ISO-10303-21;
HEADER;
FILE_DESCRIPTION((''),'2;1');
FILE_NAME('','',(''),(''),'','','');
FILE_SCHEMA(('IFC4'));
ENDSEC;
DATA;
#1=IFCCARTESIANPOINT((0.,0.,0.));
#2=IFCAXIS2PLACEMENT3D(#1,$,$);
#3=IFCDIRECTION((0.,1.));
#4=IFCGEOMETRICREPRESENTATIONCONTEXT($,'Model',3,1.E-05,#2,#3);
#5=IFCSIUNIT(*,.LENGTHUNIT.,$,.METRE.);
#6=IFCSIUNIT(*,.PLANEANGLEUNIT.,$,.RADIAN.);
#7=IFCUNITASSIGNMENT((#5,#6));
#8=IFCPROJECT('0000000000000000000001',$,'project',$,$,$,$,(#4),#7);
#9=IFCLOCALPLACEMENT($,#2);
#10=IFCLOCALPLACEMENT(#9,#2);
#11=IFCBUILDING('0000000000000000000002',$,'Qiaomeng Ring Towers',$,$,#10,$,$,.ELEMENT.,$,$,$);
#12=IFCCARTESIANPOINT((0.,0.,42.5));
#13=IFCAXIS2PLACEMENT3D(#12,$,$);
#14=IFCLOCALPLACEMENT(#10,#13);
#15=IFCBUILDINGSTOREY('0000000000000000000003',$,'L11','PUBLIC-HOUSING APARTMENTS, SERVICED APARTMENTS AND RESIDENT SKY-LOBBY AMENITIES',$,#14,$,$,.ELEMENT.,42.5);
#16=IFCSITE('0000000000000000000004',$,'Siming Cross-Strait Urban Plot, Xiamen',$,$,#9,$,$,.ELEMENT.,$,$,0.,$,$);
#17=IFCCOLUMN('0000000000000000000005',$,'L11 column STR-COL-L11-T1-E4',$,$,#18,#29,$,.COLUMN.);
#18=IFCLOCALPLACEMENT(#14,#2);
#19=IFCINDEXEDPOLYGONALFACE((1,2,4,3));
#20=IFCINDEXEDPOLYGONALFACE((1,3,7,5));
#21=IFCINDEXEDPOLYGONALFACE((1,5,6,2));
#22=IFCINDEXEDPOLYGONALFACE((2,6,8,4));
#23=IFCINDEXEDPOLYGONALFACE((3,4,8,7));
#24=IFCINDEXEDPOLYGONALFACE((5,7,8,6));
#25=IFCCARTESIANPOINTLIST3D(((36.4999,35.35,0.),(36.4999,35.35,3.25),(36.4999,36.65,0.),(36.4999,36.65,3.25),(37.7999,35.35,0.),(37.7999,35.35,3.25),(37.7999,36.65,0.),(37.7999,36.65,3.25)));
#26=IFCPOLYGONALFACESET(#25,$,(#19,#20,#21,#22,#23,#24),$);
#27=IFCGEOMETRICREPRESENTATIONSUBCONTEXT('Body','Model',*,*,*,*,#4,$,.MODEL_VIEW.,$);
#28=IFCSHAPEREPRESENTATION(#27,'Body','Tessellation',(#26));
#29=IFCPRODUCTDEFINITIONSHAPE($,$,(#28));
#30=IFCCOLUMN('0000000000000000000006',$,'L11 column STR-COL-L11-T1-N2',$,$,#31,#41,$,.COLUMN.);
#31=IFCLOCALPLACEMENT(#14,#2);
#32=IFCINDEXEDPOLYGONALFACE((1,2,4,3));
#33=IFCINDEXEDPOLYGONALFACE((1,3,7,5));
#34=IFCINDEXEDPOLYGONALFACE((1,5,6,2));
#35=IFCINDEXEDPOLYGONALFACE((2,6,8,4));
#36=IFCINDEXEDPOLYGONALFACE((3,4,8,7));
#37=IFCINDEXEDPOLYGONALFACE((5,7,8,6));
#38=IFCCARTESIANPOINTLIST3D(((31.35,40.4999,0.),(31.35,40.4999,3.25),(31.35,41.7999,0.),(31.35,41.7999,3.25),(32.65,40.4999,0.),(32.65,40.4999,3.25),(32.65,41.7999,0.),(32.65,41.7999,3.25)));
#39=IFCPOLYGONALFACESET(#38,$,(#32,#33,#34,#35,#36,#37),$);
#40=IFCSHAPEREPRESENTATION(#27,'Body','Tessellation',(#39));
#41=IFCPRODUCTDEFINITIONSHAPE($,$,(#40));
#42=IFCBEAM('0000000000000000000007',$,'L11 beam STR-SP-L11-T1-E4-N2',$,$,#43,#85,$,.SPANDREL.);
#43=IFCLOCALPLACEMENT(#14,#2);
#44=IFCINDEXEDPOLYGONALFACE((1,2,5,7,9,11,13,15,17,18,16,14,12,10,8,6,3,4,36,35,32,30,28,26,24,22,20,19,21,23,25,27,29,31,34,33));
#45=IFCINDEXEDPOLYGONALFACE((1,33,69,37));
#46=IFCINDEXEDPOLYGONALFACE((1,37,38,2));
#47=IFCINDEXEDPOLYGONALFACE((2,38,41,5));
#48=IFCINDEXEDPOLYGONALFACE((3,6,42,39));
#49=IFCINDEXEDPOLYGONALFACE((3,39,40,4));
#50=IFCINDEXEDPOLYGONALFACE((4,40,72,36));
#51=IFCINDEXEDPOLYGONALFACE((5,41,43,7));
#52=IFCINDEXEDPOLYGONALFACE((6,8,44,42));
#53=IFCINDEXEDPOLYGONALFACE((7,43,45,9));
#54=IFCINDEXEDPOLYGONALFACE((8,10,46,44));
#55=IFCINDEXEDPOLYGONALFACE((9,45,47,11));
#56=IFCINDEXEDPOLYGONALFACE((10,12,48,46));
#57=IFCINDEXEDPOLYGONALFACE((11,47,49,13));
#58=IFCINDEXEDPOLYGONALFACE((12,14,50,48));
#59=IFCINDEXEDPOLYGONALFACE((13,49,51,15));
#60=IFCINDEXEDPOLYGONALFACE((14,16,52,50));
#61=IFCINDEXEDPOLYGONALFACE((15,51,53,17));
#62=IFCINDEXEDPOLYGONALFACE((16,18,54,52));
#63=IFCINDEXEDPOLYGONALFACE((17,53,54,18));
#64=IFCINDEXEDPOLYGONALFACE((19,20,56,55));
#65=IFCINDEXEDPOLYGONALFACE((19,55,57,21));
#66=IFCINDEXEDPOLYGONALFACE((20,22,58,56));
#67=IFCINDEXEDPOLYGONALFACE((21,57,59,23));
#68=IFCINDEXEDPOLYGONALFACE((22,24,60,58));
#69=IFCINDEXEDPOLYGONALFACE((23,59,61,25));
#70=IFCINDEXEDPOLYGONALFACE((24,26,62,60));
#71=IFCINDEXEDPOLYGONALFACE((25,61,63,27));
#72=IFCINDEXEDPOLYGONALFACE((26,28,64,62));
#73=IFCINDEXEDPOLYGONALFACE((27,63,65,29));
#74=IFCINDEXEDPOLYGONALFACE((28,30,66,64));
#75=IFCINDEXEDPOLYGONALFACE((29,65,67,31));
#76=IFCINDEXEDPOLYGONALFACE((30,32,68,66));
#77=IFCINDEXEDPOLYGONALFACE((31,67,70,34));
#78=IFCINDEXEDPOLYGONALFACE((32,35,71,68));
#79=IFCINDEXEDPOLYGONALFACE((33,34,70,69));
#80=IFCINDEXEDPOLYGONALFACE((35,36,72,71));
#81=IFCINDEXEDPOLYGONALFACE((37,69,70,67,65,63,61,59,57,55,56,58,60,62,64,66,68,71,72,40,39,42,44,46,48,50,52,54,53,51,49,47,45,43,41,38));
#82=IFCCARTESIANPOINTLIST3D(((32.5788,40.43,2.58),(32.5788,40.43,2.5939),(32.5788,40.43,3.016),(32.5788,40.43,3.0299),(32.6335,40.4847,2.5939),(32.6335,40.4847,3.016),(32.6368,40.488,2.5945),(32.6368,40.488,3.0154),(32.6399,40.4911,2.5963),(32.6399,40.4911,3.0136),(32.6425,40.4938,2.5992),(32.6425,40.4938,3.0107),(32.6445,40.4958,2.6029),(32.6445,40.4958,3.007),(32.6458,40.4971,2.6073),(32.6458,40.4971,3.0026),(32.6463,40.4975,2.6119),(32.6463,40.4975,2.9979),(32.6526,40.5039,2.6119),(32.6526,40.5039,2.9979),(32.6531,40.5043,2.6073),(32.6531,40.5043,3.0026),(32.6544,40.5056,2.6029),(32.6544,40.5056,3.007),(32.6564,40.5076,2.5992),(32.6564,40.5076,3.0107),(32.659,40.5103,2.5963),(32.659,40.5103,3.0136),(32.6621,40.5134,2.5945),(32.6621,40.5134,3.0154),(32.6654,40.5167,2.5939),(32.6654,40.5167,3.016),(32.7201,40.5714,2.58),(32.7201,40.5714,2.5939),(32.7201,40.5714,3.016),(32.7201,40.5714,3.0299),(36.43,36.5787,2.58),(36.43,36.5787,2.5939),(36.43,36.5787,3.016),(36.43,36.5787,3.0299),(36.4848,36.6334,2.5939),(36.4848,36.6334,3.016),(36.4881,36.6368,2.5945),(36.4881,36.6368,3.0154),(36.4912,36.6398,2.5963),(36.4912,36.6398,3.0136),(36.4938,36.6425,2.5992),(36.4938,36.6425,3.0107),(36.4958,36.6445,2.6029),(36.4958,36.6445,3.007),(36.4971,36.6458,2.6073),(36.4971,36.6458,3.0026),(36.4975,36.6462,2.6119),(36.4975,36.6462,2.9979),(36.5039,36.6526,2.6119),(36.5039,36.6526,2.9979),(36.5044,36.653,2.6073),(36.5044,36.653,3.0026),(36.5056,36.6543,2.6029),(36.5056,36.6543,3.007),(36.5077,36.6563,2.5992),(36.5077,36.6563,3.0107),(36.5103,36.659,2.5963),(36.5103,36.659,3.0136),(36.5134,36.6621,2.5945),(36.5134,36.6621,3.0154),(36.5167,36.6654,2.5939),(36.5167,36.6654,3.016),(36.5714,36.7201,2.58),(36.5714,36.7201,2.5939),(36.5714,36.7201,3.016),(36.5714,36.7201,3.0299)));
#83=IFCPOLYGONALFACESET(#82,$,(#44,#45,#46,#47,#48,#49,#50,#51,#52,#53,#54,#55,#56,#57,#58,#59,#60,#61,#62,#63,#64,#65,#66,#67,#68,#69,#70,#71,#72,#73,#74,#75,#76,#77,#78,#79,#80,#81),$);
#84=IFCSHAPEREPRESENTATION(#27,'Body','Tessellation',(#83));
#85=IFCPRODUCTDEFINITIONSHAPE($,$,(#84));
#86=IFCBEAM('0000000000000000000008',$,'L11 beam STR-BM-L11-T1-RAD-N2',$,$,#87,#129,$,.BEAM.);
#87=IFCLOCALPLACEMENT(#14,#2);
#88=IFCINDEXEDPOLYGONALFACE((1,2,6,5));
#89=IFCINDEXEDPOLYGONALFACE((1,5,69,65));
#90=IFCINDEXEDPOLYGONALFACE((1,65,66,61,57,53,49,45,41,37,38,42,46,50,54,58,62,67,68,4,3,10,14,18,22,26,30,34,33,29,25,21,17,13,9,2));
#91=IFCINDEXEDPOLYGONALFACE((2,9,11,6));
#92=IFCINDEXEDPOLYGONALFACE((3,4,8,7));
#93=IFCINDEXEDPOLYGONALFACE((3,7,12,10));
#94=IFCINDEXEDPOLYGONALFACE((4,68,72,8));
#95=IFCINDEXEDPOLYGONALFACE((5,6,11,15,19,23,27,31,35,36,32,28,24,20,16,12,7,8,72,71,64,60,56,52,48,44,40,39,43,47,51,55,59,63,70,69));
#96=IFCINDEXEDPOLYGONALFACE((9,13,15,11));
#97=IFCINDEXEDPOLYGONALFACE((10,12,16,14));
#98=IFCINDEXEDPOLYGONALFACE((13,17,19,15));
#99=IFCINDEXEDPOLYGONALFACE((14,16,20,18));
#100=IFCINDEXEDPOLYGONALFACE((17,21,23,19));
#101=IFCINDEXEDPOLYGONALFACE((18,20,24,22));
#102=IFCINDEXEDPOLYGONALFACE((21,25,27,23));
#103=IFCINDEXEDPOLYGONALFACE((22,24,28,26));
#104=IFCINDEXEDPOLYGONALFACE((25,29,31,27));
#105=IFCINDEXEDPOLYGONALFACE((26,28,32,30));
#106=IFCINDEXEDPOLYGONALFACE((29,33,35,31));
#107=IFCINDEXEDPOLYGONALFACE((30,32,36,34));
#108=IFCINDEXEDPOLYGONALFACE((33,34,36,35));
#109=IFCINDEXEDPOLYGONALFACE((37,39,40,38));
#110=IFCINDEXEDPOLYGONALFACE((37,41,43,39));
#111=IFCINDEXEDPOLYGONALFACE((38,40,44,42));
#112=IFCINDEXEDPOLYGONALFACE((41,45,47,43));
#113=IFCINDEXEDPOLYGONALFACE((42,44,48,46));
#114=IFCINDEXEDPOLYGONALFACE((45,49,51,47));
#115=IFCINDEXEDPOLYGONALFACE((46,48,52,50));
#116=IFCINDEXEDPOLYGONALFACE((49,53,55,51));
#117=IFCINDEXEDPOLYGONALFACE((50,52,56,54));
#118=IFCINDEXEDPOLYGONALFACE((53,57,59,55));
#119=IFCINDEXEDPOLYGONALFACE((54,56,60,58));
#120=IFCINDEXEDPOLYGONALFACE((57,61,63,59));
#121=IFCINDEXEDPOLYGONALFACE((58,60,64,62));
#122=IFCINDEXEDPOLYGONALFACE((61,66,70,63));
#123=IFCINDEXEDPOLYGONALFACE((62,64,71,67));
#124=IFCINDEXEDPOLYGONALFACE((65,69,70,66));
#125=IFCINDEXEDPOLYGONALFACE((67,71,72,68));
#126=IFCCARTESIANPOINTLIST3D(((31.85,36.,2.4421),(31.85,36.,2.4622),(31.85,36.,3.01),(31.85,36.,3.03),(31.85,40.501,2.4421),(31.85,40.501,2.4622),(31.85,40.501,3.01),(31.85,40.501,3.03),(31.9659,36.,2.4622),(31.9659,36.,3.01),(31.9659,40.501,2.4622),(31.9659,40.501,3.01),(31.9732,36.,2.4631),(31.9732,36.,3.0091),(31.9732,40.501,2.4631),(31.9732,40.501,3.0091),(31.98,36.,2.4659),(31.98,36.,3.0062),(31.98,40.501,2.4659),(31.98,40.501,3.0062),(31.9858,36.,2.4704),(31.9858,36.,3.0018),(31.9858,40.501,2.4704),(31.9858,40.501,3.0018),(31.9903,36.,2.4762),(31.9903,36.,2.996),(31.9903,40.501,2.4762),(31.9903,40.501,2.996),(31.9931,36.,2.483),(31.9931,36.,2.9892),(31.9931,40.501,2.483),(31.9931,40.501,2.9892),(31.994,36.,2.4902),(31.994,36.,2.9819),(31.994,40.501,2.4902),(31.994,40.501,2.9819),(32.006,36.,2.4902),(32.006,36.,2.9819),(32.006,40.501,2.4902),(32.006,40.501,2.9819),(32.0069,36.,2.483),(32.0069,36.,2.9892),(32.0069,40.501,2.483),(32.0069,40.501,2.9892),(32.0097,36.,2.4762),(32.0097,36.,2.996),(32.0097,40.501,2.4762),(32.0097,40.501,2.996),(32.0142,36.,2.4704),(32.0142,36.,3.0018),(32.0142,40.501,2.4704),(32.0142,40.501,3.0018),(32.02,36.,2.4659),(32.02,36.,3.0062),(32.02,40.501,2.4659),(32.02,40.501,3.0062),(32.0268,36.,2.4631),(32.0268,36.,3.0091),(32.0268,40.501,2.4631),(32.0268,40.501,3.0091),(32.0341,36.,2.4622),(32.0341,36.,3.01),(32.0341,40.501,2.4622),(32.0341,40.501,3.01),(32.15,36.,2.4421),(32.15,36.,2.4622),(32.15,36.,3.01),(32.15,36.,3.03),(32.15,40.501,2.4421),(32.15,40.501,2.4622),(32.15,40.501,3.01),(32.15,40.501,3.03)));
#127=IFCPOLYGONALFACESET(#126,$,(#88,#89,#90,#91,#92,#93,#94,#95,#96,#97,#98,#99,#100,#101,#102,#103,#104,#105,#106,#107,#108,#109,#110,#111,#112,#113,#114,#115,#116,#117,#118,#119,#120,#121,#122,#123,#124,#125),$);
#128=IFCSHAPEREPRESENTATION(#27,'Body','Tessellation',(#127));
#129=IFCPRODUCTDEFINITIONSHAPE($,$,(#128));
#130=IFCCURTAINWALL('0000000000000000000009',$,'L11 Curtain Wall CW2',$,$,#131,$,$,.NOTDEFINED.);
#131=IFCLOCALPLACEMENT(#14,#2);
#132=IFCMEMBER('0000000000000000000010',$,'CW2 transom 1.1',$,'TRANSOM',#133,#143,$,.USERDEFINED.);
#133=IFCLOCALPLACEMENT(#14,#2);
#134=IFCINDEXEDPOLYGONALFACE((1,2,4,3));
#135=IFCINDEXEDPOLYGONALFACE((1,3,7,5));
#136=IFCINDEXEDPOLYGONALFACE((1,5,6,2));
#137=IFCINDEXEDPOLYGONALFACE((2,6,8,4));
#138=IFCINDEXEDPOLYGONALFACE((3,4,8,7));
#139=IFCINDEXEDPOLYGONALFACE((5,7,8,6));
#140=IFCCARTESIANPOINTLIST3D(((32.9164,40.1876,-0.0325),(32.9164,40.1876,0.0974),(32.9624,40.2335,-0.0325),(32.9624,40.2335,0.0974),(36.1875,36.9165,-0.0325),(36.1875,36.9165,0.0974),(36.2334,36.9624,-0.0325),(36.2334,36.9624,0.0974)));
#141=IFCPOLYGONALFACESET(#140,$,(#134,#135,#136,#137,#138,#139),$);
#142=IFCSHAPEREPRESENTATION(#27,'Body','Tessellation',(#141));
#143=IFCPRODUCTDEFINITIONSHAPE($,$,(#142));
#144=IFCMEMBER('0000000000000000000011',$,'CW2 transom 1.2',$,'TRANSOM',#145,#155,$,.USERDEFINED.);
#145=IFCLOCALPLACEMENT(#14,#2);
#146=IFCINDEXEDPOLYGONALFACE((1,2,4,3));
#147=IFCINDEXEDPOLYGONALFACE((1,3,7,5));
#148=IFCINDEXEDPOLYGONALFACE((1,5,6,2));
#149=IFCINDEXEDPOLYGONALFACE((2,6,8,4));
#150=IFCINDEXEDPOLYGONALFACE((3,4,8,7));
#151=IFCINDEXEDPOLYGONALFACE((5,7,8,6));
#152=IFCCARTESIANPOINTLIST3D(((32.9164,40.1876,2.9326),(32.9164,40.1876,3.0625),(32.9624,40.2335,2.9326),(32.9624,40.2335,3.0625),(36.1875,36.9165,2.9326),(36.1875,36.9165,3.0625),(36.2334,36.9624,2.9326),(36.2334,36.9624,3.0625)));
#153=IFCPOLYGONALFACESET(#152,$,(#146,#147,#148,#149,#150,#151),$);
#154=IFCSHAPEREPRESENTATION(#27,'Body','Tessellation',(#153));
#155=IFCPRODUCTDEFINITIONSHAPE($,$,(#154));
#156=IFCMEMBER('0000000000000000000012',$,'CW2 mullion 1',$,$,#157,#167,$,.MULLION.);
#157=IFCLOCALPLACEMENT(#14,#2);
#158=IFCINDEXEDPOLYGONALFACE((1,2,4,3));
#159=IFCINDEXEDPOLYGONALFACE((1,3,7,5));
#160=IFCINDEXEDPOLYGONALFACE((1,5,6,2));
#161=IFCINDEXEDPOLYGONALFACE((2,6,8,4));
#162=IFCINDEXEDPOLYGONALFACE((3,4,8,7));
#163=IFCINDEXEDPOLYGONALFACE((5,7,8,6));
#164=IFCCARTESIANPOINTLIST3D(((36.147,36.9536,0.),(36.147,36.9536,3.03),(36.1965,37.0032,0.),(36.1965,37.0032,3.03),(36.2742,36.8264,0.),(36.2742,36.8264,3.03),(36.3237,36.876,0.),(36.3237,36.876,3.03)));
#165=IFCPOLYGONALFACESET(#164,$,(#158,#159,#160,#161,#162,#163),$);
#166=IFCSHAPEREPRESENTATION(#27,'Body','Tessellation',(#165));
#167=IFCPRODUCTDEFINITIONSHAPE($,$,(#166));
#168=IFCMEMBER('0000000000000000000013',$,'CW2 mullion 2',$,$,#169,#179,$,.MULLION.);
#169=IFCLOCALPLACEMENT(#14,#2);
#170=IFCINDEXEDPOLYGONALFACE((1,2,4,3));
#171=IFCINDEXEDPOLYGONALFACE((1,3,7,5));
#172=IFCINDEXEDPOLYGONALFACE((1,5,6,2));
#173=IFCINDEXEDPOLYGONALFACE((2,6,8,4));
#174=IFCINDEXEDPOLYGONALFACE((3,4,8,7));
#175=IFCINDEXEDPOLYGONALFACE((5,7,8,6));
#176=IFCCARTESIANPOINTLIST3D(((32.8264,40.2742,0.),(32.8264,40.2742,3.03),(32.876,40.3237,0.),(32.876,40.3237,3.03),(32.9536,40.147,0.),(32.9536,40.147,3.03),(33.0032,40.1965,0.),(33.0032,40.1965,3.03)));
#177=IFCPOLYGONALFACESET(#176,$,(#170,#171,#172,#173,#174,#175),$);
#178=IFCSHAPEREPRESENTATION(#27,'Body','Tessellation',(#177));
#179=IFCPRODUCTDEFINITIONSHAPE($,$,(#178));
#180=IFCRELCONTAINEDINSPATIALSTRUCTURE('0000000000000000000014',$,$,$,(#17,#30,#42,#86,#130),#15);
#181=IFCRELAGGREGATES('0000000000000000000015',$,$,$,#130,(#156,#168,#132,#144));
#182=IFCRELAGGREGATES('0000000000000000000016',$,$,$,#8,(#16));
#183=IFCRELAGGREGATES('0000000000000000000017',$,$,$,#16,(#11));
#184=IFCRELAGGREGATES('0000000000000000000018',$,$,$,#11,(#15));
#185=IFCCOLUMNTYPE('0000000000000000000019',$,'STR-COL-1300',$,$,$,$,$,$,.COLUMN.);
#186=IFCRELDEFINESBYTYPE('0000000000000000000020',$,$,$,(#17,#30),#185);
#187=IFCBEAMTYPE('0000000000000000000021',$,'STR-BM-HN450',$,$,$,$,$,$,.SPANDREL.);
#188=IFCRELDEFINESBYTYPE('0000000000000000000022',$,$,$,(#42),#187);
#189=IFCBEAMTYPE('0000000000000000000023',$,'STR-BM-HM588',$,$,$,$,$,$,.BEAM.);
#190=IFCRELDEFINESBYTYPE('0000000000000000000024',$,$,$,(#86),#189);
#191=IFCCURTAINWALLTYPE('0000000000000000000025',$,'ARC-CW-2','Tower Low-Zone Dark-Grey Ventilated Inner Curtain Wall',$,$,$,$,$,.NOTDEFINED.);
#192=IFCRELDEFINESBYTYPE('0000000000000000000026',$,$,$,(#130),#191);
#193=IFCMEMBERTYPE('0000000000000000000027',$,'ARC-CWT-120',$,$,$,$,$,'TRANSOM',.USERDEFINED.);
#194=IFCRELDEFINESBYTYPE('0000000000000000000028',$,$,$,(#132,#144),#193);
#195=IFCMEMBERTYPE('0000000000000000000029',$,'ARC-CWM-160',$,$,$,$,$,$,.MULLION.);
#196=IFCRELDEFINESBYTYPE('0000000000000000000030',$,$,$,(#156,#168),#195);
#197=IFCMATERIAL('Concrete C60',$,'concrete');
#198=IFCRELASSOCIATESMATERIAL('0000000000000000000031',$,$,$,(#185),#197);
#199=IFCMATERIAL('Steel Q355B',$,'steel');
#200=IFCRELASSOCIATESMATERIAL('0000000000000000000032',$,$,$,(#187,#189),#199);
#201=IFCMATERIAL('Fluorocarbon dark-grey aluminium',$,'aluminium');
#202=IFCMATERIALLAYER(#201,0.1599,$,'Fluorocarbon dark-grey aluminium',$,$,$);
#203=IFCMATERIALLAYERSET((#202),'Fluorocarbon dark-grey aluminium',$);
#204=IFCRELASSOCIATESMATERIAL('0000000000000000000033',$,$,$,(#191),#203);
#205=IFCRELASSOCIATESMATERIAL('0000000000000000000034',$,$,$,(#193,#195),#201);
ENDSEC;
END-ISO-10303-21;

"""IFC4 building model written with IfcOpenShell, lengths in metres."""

from ifc_helpers import new_model, si_unit, direction, frame, origin, origin_2d, place, context, subcontext, project, spatial, rectangle, i_section, extrude, source, transform, mapped, material, layer, layer_set, material_profile, profile_set, type_object, element, aggregate, save


model = new_model("IFC4")

# Units and contexts
model_context = context("Model", 3, precision=1e-05, world=origin(), true_north=direction((0.0, 1.0)))
body_context = subcontext(model_context, "Body", "Model", "MODEL_VIEW")
ifc_project = project(units=[si_unit("LENGTHUNIT", "METRE"), si_unit("PLANEANGLEUNIT", "RADIAN")], contexts=[model_context])

# Site, building, storey
site_placement = place(None, origin())
site = spatial("IfcSite", under=ifc_project, at=site_placement, Name="Siming Cross-Strait Urban Plot, Xiamen", CompositionType="ELEMENT", RefElevation=0.0)
building_placement = place(site_placement, origin())
building = spatial("IfcBuilding", under=site, at=building_placement, Name="Qiaomeng Ring Towers", CompositionType="ELEMENT")
storey_placement = place(building_placement, frame((0.0, 0.0, 42.5)))
storey = spatial("IfcBuildingStorey", under=building, at=storey_placement, Name="L11", Description="PUBLIC-HOUSING APARTMENTS, SERVICED APARTMENTS AND RESIDENT SKY-LOBBY AMENITIES", CompositionType="ELEMENT", Elevation=42.5)

# Columns
ifc_material_1 = material(Name="Concrete C60", Category="concrete")
ifc_material_profile_1 = material_profile(ifc_material_1, rectangle(XDim=1.3, YDim=1.3, at=origin_2d()), Name="RC COL 1300x1300")
ifc_profile_set_1 = profile_set([ifc_material_profile_1], Name="Concrete C60")
column_type = type_object("IfcColumnType", Name="STR-COL-1300", PredefinedType="COLUMN", material=ifc_profile_set_1)
shared_shape_1 = source(origin(), body_context, "Body", "SweptSolid", [
    extrude(rectangle(XDim=1.3, YDim=1.3, at=origin_2d()), origin(), (0.0, 0.0, 1.0), 3.25),
])
for number, where, z_axis, x_axis, name in (
    (1, (37.1499, 36.0, 0.0), (0.0, 0.0, 1.0), (1.0, 0.0, 0.0), "L11 column STR-COL-L11-T1-E4"),
    (2, (32.0, 41.1499, 0.0), (0.0, 0.0, 1.0), (1.0, 0.0, 0.0), "L11 column STR-COL-L11-T1-N2"),
):
    element("IfcColumn", number, at=place(storey_placement, frame(where, z_axis=z_axis, x_axis=x_axis)), inside=storey, type_object=column_type, Name=name, PredefinedType="COLUMN", context=body_context, shape_type="MappedRepresentation", body=[
        mapped(shared_shape_1, transform((0.0, 0.0, 0.0), x_axis=(1.0, 0.0, 0.0), y_axis=(0.0, 1.0, 0.0), z_axis=(0.0, 0.0, 1.0), scale=1.0)),
    ])

# Beams
ifc_material_2 = material(Name="Steel Q355B", Category="steel")
ifc_material_profile_2 = material_profile(ifc_material_2, i_section(OverallWidth=0.2, OverallDepth=0.45, WebThickness=0.009, FlangeThickness=0.0139, FilletRadius=0.0181, at=origin_2d()), Name="HN 450x200x9x14")
ifc_profile_set_2 = profile_set([ifc_material_profile_2], Name="Steel Q355B")
beam_type_1 = type_object("IfcBeamType", Name="STR-BM-HN450", PredefinedType="SPANDREL", material=ifc_profile_set_2)
shared_shape_2 = source(origin(), body_context, "Body", "SweptSolid", [
    extrude(i_section(OverallWidth=0.2, OverallDepth=0.45, WebThickness=0.009, FlangeThickness=0.0139, FilletRadius=0.0181, at=origin_2d()), origin(), (0.0, 0.0, 1.0), 5.4465),
])
beam_1_placement = place(storey_placement, frame((36.5007, 36.6494, 2.8049), z_axis=(-0.707107, 0.707107, 0.0), x_axis=(-0.707107, -0.707107, 0.0)))
element("IfcBeam", 3, at=beam_1_placement, inside=storey, type_object=beam_type_1, Name="L11 beam STR-SP-L11-T1-E4-N2", PredefinedType="SPANDREL", context=body_context, shape_type="MappedRepresentation", body=[
    mapped(shared_shape_2, transform((0.0, 0.0, 0.0), x_axis=(1.0, 0.0, 0.0), y_axis=(0.0, 1.0, 0.0), z_axis=(0.0, 0.0, 1.0), scale=1.0)),
])
ifc_material_profile_3 = material_profile(ifc_material_2, i_section(OverallWidth=0.3, OverallDepth=0.5879, WebThickness=0.012, FlangeThickness=0.02, FilletRadius=0.0281, at=origin_2d()), Name="HM 588x300x12x20")
ifc_profile_set_3 = profile_set([ifc_material_profile_3], Name="Steel Q355B")
beam_type_2 = type_object("IfcBeamType", Name="STR-BM-HM588", PredefinedType="BEAM", material=ifc_profile_set_3)
shared_shape_3 = source(origin(), body_context, "Body", "SweptSolid", [
    extrude(i_section(OverallWidth=0.3, OverallDepth=0.5879, WebThickness=0.012, FlangeThickness=0.02, FilletRadius=0.0281, at=origin_2d()), origin(), (0.0, 0.0, 1.0), 4.501),
])
beam_2_placement = place(storey_placement, frame((32.0, 40.501, 2.7361), z_axis=(0.0, -1.0, 0.0), x_axis=(1.0, 0.0, 0.0)))
element("IfcBeam", 4, at=beam_2_placement, inside=storey, type_object=beam_type_2, Name="L11 beam STR-BM-L11-T1-RAD-N2", PredefinedType="BEAM", context=body_context, shape_type="MappedRepresentation", body=[
    mapped(shared_shape_3, transform((0.0, 0.0, 0.0), x_axis=(1.0, 0.0, 0.0), y_axis=(0.0, 1.0, 0.0), z_axis=(0.0, 0.0, 1.0), scale=1.0)),
])

# Curtain wall, members
ifc_material_3 = material(Name="Fluorocarbon dark-grey aluminium", Category="aluminium")
ifc_layer_1 = layer(ifc_material_3, 0.1599, Name="Fluorocarbon dark-grey aluminium")
ifc_layer_set_1 = layer_set([ifc_layer_1], Name="Fluorocarbon dark-grey aluminium")
curtain_wall_type = type_object("IfcCurtainWallType", Name="ARC-CW-2", Description="Tower Low-Zone Dark-Grey Ventilated Inner Curtain Wall", PredefinedType="NOTDEFINED", material=ifc_layer_set_1)
curtain_wall_placement = place(storey_placement, origin())
curtain_wall = element("IfcCurtainWall", 5, at=curtain_wall_placement, inside=storey, type_object=curtain_wall_type, Name="L11 Curtain Wall CW2", PredefinedType="NOTDEFINED")
ifc_material_profile_4 = material_profile(ifc_material_3, rectangle(XDim=0.0649, YDim=0.1299, at=origin_2d()), Name="ALU TRAN 65x130")
ifc_profile_set_4 = profile_set([ifc_material_profile_4], Name="Fluorocarbon dark-grey aluminium")
member_type_1 = type_object("IfcMemberType", Name="ARC-CWT-120", ElementType="TRANSOM", PredefinedType="USERDEFINED", material=ifc_profile_set_4)
shared_shape_4 = source(origin(), body_context, "Body", "SweptSolid", [
    extrude(rectangle(XDim=0.0649, YDim=0.1299, at=origin_2d()), origin(), (0.0, 0.0, 1.0), 4.626),
])
member_1_placement = place(storey_placement, frame((36.2104, 36.9395, 0.0325), z_axis=(-0.707107, 0.707107, 0.0), x_axis=(-0.707107, -0.707107, 0.0)))
member_1 = element("IfcMember", 6, at=member_1_placement, type_object=member_type_1, Name="CW2 transom 1.1", ObjectType="TRANSOM", PredefinedType="USERDEFINED", context=body_context, shape_type="MappedRepresentation", body=[
    mapped(shared_shape_4, transform((0.0, 0.0, 0.0), x_axis=(1.0, 0.0, 0.0), y_axis=(0.0, 1.0, 0.0), z_axis=(0.0, 0.0, 1.0), scale=1.0)),
])
member_2_placement = place(storey_placement, frame((36.2104, 36.9395, 2.9976), z_axis=(-0.707107, 0.707107, 0.0), x_axis=(-0.707107, -0.707107, 0.0)))
member_2 = element("IfcMember", 7, at=member_2_placement, type_object=member_type_1, Name="CW2 transom 1.2", ObjectType="TRANSOM", PredefinedType="USERDEFINED", context=body_context, shape_type="MappedRepresentation", body=[
    mapped(shared_shape_4, transform((0.0, 0.0, 0.0), x_axis=(1.0, 0.0, 0.0), y_axis=(0.0, 1.0, 0.0), z_axis=(0.0, 0.0, 1.0), scale=1.0)),
])
ifc_material_profile_5 = material_profile(ifc_material_3, rectangle(XDim=0.0701, YDim=0.1799, at=origin_2d()), Name="ALU MULL 70x180")
ifc_profile_set_5 = profile_set([ifc_material_profile_5], Name="Fluorocarbon dark-grey aluminium")
member_type_2 = type_object("IfcMemberType", Name="ARC-CWM-160", PredefinedType="MULLION", material=ifc_profile_set_5)
shared_shape_5 = source(origin(), body_context, "Body", "SweptSolid", [
    extrude(rectangle(XDim=0.0701, YDim=0.1799, at=origin_2d()), origin(), (0.0, 0.0, 1.0), 3.03),
])
member_3_placement = place(storey_placement, frame((36.2354, 36.9148, 0.0), z_axis=(0.0, 0.0, 1.0), x_axis=(-0.707107, -0.707107, 0.0)))
member_3 = element("IfcMember", 8, at=member_3_placement, type_object=member_type_2, Name="CW2 mullion 1", PredefinedType="MULLION", context=body_context, shape_type="MappedRepresentation", body=[
    mapped(shared_shape_5, transform((0.0, 0.0, 0.0), x_axis=(1.0, 0.0, 0.0), y_axis=(0.0, 1.0, 0.0), z_axis=(0.0, 0.0, 1.0), scale=1.0)),
])
member_4_placement = place(storey_placement, frame((32.9148, 40.2354, 0.0), z_axis=(0.0, 0.0, 1.0), x_axis=(-0.707107, -0.707107, 0.0)))
member_4 = element("IfcMember", 9, at=member_4_placement, type_object=member_type_2, Name="CW2 mullion 2", PredefinedType="MULLION", context=body_context, shape_type="MappedRepresentation", body=[
    mapped(shared_shape_5, transform((0.0, 0.0, 0.0), x_axis=(1.0, 0.0, 0.0), y_axis=(0.0, 1.0, 0.0), z_axis=(0.0, 0.0, 1.0), scale=1.0)),
])
aggregate(curtain_wall, [member_3, member_4, member_1, member_2])

save(model, "model.ifc")
